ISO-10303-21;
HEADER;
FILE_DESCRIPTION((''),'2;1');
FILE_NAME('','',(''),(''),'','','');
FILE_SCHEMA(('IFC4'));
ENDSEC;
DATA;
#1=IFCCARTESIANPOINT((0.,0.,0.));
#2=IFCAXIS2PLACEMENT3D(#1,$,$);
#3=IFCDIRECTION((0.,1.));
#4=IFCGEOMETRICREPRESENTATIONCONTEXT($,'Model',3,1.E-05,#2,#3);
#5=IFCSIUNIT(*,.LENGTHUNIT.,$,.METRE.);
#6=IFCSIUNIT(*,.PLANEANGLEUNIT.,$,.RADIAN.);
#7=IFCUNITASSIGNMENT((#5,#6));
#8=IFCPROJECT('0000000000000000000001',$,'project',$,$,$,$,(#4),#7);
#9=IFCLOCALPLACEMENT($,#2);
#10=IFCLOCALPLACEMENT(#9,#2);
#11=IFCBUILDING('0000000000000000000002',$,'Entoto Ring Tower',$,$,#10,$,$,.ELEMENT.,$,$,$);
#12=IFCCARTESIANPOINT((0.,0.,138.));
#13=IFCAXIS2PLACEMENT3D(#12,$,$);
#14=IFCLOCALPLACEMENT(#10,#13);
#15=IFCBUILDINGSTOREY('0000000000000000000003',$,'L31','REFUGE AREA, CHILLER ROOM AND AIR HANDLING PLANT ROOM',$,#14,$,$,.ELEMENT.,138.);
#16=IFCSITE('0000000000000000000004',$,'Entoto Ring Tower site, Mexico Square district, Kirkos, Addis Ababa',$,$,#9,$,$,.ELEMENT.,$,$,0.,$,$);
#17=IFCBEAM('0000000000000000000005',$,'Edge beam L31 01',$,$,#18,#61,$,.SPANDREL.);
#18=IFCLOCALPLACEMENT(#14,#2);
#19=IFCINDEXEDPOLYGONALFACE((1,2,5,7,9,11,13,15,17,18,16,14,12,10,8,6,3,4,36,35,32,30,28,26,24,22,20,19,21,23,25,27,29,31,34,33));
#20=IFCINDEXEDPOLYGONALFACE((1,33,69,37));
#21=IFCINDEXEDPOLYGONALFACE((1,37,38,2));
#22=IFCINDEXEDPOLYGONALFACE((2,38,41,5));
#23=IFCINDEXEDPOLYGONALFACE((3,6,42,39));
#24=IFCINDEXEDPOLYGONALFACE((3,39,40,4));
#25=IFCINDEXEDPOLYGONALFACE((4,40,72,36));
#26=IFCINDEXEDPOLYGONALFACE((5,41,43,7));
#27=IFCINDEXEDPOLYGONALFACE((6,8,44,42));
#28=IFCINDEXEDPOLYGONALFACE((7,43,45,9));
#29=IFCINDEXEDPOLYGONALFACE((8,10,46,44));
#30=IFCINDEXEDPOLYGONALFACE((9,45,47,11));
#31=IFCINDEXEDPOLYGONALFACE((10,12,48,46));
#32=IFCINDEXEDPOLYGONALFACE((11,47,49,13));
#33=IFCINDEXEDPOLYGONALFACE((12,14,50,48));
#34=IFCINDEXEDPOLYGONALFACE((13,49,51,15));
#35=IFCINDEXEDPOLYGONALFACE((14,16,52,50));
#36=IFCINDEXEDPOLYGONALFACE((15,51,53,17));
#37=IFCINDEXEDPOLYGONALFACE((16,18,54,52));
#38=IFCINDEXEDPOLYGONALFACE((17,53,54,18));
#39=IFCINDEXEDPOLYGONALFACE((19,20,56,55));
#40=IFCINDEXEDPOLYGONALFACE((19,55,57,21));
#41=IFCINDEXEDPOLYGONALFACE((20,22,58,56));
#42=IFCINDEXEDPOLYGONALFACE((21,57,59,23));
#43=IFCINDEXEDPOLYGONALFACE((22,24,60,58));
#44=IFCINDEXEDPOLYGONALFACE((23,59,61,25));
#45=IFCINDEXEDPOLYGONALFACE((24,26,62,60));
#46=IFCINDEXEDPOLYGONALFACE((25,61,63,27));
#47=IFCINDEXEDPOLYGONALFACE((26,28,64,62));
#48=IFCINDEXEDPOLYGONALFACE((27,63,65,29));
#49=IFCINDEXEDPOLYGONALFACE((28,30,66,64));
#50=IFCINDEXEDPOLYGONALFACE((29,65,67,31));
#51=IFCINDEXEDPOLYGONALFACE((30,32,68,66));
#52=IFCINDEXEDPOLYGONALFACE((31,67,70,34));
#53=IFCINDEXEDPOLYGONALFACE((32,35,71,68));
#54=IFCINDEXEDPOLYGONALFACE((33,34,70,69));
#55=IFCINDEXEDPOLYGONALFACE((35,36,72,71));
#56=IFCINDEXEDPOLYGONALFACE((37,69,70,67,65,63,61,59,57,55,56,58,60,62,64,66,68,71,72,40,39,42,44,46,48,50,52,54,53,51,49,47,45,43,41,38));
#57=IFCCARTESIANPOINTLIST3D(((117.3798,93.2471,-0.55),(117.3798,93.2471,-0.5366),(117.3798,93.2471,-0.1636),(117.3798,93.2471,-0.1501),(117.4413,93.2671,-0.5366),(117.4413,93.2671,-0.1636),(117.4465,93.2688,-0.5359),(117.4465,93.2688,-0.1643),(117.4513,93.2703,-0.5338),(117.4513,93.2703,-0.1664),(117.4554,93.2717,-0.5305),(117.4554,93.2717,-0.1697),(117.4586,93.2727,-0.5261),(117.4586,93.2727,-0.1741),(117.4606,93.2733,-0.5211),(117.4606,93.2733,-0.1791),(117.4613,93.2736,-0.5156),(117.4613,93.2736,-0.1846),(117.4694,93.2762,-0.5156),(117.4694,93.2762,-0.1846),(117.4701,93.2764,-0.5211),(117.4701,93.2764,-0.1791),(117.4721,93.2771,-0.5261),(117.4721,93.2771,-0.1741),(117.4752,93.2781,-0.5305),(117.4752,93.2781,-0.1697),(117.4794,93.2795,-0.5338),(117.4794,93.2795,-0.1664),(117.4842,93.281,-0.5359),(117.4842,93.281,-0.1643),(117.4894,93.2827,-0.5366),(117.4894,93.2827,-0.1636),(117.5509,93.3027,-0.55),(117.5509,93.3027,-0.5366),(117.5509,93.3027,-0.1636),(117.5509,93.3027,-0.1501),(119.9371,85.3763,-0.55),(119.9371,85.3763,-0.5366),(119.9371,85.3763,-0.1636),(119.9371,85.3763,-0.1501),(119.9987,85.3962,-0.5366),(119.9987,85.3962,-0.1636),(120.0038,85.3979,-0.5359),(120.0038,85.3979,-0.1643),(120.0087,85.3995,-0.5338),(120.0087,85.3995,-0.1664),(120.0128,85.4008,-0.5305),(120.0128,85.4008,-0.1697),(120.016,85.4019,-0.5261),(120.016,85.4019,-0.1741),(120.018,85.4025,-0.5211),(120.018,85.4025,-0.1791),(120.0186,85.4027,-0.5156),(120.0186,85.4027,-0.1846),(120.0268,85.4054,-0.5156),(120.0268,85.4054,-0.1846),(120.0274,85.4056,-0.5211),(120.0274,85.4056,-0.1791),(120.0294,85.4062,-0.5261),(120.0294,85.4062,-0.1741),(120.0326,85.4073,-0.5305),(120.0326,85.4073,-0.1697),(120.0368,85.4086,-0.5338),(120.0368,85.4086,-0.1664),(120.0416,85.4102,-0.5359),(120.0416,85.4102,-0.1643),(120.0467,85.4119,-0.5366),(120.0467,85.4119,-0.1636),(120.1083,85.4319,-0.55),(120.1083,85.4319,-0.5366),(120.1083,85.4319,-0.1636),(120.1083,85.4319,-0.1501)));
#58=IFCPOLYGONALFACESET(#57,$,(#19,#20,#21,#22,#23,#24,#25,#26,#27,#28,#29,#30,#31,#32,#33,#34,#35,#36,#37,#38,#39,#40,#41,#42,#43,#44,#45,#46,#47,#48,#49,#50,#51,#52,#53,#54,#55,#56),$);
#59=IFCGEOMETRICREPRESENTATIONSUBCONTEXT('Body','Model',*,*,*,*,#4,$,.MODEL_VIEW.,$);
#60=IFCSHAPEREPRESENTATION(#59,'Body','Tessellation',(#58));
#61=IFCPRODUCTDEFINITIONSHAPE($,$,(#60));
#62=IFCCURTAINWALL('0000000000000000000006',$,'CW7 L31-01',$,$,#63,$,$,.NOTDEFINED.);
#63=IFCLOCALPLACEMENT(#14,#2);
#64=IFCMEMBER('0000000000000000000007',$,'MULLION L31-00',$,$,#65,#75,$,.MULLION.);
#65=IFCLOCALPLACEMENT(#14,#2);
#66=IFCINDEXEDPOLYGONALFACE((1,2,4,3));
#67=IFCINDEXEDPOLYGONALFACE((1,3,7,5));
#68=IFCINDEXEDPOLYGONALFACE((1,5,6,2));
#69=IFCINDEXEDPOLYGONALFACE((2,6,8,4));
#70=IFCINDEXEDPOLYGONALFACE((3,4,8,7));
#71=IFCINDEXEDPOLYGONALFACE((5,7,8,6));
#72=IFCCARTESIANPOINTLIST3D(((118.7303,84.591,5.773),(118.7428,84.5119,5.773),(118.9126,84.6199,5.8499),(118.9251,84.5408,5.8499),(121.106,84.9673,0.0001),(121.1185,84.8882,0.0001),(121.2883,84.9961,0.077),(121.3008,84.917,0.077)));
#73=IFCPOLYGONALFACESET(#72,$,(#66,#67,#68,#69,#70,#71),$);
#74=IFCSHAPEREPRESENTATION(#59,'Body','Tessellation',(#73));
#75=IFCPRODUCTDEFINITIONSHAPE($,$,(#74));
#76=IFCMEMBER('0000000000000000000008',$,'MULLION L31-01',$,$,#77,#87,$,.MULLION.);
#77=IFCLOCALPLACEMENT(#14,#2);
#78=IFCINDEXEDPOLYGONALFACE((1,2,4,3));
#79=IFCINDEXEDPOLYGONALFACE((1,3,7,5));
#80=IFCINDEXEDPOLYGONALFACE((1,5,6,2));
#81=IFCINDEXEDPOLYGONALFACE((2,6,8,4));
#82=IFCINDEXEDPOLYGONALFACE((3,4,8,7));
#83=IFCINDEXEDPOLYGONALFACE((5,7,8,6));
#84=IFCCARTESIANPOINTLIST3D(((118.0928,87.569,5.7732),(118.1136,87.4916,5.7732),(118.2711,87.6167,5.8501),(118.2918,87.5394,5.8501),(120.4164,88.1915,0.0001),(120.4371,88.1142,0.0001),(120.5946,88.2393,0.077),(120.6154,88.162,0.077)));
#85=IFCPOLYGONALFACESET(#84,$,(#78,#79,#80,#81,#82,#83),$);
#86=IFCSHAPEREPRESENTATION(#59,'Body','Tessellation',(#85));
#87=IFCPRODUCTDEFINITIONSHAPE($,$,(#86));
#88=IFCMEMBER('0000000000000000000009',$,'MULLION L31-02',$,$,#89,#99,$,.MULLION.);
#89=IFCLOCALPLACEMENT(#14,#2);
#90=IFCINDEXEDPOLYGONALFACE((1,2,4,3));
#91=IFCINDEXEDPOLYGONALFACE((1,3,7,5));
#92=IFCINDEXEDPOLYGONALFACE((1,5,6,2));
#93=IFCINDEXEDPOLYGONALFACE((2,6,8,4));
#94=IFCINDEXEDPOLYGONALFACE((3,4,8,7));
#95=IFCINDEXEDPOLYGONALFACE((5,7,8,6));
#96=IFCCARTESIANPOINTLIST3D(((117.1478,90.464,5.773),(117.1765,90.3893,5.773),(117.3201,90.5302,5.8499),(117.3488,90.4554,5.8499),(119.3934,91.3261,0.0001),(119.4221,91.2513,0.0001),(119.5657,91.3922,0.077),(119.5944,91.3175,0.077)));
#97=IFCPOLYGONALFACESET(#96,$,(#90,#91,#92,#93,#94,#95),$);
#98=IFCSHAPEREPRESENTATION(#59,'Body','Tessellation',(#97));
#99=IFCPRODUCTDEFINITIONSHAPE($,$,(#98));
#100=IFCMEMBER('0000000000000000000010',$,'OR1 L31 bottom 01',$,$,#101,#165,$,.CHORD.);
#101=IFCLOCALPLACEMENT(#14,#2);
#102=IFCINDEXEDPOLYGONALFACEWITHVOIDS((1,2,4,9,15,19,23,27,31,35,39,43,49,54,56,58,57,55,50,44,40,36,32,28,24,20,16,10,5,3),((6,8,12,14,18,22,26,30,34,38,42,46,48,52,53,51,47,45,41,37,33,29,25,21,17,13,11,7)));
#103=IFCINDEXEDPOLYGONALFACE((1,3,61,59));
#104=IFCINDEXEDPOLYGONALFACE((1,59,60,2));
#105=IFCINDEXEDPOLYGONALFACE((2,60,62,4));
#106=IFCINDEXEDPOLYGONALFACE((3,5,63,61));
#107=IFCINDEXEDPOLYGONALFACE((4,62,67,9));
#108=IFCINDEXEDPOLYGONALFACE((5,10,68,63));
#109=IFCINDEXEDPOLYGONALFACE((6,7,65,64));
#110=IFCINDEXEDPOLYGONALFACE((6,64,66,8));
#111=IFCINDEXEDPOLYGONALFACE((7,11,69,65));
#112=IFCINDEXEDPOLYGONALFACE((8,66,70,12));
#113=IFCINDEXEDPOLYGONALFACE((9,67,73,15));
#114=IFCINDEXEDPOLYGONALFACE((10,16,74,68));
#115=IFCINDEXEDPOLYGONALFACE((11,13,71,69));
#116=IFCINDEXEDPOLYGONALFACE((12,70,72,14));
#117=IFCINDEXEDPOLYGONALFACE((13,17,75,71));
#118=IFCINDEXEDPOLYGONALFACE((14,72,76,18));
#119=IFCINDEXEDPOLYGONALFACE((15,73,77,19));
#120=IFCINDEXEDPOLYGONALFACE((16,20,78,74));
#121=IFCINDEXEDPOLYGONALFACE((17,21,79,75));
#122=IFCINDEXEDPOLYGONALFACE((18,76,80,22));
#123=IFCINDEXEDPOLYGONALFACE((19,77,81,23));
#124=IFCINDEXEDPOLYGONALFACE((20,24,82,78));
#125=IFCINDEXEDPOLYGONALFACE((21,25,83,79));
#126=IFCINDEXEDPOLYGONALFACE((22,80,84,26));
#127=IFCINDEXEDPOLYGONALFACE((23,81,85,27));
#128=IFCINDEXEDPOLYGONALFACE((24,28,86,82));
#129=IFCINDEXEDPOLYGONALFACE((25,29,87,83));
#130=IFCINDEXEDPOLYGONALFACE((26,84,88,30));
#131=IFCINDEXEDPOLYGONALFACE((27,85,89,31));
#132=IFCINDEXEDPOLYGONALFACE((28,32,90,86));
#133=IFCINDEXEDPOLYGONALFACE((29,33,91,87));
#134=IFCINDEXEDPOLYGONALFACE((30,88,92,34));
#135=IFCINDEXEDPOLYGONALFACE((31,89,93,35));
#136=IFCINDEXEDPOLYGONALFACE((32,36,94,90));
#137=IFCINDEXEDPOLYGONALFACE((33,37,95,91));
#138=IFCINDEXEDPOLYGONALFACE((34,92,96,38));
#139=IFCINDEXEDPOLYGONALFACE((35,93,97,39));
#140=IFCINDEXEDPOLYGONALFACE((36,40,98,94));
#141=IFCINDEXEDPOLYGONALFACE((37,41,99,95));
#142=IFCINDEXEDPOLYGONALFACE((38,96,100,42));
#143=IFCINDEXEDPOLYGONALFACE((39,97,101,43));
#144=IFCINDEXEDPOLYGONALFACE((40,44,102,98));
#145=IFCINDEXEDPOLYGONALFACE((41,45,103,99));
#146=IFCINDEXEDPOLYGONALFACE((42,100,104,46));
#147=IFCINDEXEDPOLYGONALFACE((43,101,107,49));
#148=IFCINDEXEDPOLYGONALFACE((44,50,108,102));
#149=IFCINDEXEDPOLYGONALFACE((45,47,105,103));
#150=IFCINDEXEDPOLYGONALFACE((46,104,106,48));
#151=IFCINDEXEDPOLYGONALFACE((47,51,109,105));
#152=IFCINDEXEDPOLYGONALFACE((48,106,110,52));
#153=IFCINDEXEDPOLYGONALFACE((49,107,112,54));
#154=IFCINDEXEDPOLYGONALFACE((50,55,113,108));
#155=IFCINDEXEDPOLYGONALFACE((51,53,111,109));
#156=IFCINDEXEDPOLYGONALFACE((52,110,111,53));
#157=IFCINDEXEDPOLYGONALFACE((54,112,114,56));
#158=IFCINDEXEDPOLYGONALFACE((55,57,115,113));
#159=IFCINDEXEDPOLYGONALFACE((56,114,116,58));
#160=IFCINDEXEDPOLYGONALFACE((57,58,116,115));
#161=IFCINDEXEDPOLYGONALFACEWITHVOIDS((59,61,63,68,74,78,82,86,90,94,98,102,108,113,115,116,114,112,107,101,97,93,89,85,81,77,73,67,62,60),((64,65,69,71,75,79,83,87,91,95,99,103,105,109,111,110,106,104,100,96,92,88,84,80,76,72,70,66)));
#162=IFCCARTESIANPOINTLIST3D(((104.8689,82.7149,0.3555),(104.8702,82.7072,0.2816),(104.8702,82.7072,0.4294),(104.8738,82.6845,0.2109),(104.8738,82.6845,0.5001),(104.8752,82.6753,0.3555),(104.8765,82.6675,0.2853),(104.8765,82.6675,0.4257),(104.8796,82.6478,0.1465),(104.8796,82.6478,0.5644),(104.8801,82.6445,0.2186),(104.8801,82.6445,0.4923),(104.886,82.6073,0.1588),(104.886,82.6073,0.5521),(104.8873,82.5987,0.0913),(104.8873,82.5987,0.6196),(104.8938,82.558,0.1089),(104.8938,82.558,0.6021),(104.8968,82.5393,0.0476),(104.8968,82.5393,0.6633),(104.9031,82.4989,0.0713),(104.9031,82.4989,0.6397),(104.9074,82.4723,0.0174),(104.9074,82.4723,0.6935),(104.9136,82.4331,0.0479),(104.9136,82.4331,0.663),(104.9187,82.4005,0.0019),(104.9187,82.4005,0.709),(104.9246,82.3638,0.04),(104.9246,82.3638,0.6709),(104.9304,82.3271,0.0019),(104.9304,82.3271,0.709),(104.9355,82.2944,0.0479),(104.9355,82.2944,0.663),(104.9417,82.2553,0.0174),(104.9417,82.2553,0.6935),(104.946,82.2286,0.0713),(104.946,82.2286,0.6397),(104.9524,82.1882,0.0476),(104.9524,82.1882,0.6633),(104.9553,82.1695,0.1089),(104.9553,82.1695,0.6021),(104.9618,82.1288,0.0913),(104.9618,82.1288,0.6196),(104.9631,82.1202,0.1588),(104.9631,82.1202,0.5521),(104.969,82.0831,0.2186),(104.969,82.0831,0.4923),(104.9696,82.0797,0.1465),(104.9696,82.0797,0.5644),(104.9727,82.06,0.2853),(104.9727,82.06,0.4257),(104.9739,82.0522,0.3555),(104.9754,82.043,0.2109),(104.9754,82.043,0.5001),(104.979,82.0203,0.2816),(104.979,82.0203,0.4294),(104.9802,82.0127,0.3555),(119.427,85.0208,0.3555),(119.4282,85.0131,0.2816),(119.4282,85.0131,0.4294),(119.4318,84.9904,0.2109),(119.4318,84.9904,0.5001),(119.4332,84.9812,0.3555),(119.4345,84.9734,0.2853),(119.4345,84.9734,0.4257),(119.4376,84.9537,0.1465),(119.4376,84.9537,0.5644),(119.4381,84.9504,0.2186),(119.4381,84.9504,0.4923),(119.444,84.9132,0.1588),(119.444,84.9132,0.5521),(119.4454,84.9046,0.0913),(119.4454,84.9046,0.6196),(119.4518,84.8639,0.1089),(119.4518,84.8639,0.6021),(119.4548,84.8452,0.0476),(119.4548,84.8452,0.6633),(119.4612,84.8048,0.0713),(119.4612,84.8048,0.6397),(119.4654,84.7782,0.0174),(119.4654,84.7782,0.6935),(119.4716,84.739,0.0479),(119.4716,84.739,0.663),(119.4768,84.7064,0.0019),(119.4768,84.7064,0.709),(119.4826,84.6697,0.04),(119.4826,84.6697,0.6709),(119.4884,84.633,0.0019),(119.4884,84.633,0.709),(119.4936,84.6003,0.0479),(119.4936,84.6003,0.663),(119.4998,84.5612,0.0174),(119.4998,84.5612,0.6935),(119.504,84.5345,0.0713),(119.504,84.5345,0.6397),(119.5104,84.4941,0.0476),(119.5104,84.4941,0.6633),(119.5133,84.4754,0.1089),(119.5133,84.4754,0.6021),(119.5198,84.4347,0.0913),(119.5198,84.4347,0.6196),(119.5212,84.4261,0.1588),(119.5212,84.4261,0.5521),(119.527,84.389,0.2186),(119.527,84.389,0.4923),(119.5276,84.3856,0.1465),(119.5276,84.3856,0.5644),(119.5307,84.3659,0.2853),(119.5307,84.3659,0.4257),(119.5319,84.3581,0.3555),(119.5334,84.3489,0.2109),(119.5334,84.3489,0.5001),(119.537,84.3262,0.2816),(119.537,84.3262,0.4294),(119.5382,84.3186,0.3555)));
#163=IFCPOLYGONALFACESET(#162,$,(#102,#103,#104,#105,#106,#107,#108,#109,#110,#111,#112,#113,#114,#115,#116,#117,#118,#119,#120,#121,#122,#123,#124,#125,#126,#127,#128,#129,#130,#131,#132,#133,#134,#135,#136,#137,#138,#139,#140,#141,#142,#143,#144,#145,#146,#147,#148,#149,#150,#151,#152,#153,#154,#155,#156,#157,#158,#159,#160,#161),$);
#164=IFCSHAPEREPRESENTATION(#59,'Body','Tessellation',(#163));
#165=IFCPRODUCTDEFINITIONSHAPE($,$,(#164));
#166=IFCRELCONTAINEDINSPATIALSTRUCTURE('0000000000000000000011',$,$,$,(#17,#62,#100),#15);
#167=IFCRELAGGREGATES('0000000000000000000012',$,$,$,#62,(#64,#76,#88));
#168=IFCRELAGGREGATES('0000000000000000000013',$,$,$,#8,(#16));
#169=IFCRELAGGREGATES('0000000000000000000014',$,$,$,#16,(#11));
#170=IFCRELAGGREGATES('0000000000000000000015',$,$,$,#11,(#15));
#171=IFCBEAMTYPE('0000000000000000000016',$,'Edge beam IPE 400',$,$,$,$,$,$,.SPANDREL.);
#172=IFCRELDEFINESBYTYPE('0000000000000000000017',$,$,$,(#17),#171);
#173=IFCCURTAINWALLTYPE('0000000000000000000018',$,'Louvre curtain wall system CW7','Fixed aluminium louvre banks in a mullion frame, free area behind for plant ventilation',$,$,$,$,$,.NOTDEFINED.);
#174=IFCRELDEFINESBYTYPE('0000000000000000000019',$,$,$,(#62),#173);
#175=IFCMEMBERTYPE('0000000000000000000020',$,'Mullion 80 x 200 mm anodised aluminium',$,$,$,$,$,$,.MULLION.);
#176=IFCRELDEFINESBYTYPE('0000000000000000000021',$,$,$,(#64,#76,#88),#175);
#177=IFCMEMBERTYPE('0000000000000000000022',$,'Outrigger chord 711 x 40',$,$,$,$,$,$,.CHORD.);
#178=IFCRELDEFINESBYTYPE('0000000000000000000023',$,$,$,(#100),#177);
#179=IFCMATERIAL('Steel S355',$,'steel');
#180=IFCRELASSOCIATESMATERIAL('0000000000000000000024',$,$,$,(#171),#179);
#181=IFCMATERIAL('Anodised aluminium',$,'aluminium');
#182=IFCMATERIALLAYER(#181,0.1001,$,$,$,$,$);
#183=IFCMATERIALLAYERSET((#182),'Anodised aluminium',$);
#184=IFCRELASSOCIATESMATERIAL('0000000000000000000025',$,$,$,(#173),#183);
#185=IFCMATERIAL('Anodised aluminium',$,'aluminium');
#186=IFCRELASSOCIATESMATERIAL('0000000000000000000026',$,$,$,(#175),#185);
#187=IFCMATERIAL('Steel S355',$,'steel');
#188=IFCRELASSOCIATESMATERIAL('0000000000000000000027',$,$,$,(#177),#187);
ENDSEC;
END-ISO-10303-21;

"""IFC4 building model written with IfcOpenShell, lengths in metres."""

from ifc_helpers import new_model, si_unit, direction, frame, origin, origin_2d, place, context, subcontext, project, spatial, rectangle, circle, hollow_circle, i_section, extrude, material, layer, layer_set, material_profile, profile_set, type_object, element, aggregate, save


model = new_model("IFC4")

# Units and contexts
model_context = context("Model", 3, precision=1e-05, world=origin(), true_north=direction((0.0, 1.0)))
body_context = subcontext(model_context, "Body", "Model", "MODEL_VIEW")
ifc_project = project(units=[si_unit("LENGTHUNIT", "METRE"), si_unit("PLANEANGLEUNIT", "RADIAN")], contexts=[model_context])

# Site, building, storey
site_placement = place(None, origin())
site = spatial("IfcSite", under=ifc_project, at=site_placement, Name="Entoto Ring Tower site, Mexico Square district, Kirkos, Addis Ababa", CompositionType="ELEMENT", RefElevation=0.0)
building_placement = place(site_placement, origin())
building = spatial("IfcBuilding", under=site, at=building_placement, Name="Entoto Ring Tower", CompositionType="ELEMENT")
storey_placement = place(building_placement, frame((0.0, 0.0, 138.0)))
storey = spatial("IfcBuildingStorey", under=building, at=storey_placement, Name="L31", Description="REFUGE AREA, CHILLER ROOM AND AIR HANDLING PLANT ROOM", CompositionType="ELEMENT", Elevation=138.0)

# Beam
ifc_material_1 = material(Name="Steel S355", Category="steel")
ifc_material_profile_1 = material_profile(ifc_material_1, i_section(OverallWidth=0.1799, OverallDepth=0.3999, WebThickness=0.0085, FlangeThickness=0.0134, FilletRadius=0.021, at=origin_2d()), Name="IPE 400")
ifc_profile_set_1 = profile_set([ifc_material_profile_1], Name="Steel S355")
beam_type_1 = type_object("IfcBeamType", Name="Edge beam IPE 400", PredefinedType="SPANDREL", material=ifc_profile_set_1)
beam_1_placement = place(storey_placement, frame((120.0227, 85.4041, -0.3501), z_axis=(-0.309015, 0.951057, 0.0), x_axis=(-0.951057, -0.309015, 0.0)))
element("IfcBeam", 1, at=beam_1_placement, inside=storey, type_object=beam_type_1, Name="Edge beam L31 01", PredefinedType="SPANDREL", context=body_context, shape_type="SweptSolid", body=[
    extrude(i_section(OverallWidth=0.1799, OverallDepth=0.3999, WebThickness=0.0085, FlangeThickness=0.0134, FilletRadius=0.021, at=origin_2d()), origin(), (0.0, 0.0, 1.0), 8.2759),
])

# Curtain wall, members
ifc_material_2 = material(Name="Anodised aluminium", Category="aluminium")
ifc_layer_1 = layer(ifc_material_2, 0.1001)
ifc_layer_set_1 = layer_set([ifc_layer_1], Name="Anodised aluminium")
curtain_wall_type = type_object("IfcCurtainWallType", Name="Louvre curtain wall system CW7", Description="Fixed aluminium louvre banks in a mullion frame, free area behind for plant ventilation", PredefinedType="NOTDEFINED", material=ifc_layer_set_1)
curtain_wall_placement = place(storey_placement, origin())
curtain_wall = element("IfcCurtainWall", 2, at=curtain_wall_placement, inside=storey, type_object=curtain_wall_type, Name="CW7 L31-01", PredefinedType="NOTDEFINED")
ifc_material_3 = material(Name="Anodised aluminium", Category="aluminium")
ifc_material_profile_2 = material_profile(ifc_material_3, rectangle(XDim=0.0801, YDim=0.2, at=origin_2d()), Name="Mullion 80 x 200 mm anodised aluminium")
ifc_profile_set_2 = profile_set([ifc_material_profile_2], Name="Anodised aluminium")
member_type_1 = type_object("IfcMemberType", Name="Mullion 80 x 200 mm anodised aluminium", PredefinedType="MULLION", material=ifc_profile_set_2)
member_1_placement = place(storey_placement, frame((121.2034, 84.9421, 0.0386), z_axis=(-0.379874, -0.060157, 0.92308), x_axis=(0.156411, -0.987692, 0.0)))
member_1 = element("IfcMember", 3, at=member_1_placement, type_object=member_type_1, Name="MULLION L31-00", PredefinedType="MULLION", context=body_context, shape_type="SweptSolid", body=[
    extrude(rectangle(XDim=0.0801, YDim=0.2, at=origin_2d()), origin(), (0.0, 0.0, 1.0), 6.2539),
])
member_2_placement = place(storey_placement, frame((120.5159, 88.1768, 0.0386), z_axis=(-0.371517, -0.099545, 0.923074), x_axis=(0.258812, -0.965928, 0.0)))
member_2 = element("IfcMember", 4, at=member_2_placement, type_object=member_type_1, Name="MULLION L31-01", PredefinedType="MULLION", context=body_context, shape_type="SweptSolid", body=[
    extrude(rectangle(XDim=0.0801, YDim=0.2, at=origin_2d()), origin(), (0.0, 0.0, 1.0), 6.2542),
])
member_3_placement = place(storey_placement, frame((119.4939, 91.3218, 0.0386), z_axis=(-0.359066, -0.137841, 0.923077), x_axis=(0.358387, -0.933573, 0.0)))
member_3 = element("IfcMember", 5, at=member_3_placement, type_object=member_type_1, Name="MULLION L31-02", PredefinedType="MULLION", context=body_context, shape_type="SweptSolid", body=[
    extrude(rectangle(XDim=0.0801, YDim=0.2, at=origin_2d()), origin(), (0.0, 0.0, 1.0), 6.2539),
])
aggregate(curtain_wall, [member_1, member_2, member_3])

# Member
ifc_material_4 = material(Name="Steel S355", Category="steel")
ifc_material_profile_3 = material_profile(ifc_material_4, hollow_circle(Radius=0.3555, WallThickness=0.04, at=origin_2d()), Name="CHS 711 x 40")
ifc_material_5 = material(Name="Concrete C60/75", Category="concrete")
ifc_material_profile_4 = material_profile(ifc_material_5, circle(Radius=0.3154, at=origin_2d()), Name="Concrete C60/75 infill")
ifc_profile_set_3 = profile_set([ifc_material_profile_3, ifc_material_profile_4], Name="Steel S355")
member_type_2 = type_object("IfcMemberType", Name="Outrigger chord 711 x 40", PredefinedType="CHORD", material=ifc_profile_set_3)
member_4_placement = place(storey_placement, frame((104.9246, 82.3638, 0.3555), z_axis=(0.987687, 0.156443, 0.0), x_axis=(-0.156443, 0.987687, 0.0)))
element("IfcMember", 6, at=member_4_placement, inside=storey, type_object=member_type_2, Name="OR1 L31 bottom 01", PredefinedType="CHORD", context=body_context, shape_type="SweptSolid", body=[
    extrude(hollow_circle(Radius=0.3555, WallThickness=0.04, at=origin_2d()), origin(), (0.0, 0.0, 1.0), 14.7395),
])

save(model, "model.ifc")
